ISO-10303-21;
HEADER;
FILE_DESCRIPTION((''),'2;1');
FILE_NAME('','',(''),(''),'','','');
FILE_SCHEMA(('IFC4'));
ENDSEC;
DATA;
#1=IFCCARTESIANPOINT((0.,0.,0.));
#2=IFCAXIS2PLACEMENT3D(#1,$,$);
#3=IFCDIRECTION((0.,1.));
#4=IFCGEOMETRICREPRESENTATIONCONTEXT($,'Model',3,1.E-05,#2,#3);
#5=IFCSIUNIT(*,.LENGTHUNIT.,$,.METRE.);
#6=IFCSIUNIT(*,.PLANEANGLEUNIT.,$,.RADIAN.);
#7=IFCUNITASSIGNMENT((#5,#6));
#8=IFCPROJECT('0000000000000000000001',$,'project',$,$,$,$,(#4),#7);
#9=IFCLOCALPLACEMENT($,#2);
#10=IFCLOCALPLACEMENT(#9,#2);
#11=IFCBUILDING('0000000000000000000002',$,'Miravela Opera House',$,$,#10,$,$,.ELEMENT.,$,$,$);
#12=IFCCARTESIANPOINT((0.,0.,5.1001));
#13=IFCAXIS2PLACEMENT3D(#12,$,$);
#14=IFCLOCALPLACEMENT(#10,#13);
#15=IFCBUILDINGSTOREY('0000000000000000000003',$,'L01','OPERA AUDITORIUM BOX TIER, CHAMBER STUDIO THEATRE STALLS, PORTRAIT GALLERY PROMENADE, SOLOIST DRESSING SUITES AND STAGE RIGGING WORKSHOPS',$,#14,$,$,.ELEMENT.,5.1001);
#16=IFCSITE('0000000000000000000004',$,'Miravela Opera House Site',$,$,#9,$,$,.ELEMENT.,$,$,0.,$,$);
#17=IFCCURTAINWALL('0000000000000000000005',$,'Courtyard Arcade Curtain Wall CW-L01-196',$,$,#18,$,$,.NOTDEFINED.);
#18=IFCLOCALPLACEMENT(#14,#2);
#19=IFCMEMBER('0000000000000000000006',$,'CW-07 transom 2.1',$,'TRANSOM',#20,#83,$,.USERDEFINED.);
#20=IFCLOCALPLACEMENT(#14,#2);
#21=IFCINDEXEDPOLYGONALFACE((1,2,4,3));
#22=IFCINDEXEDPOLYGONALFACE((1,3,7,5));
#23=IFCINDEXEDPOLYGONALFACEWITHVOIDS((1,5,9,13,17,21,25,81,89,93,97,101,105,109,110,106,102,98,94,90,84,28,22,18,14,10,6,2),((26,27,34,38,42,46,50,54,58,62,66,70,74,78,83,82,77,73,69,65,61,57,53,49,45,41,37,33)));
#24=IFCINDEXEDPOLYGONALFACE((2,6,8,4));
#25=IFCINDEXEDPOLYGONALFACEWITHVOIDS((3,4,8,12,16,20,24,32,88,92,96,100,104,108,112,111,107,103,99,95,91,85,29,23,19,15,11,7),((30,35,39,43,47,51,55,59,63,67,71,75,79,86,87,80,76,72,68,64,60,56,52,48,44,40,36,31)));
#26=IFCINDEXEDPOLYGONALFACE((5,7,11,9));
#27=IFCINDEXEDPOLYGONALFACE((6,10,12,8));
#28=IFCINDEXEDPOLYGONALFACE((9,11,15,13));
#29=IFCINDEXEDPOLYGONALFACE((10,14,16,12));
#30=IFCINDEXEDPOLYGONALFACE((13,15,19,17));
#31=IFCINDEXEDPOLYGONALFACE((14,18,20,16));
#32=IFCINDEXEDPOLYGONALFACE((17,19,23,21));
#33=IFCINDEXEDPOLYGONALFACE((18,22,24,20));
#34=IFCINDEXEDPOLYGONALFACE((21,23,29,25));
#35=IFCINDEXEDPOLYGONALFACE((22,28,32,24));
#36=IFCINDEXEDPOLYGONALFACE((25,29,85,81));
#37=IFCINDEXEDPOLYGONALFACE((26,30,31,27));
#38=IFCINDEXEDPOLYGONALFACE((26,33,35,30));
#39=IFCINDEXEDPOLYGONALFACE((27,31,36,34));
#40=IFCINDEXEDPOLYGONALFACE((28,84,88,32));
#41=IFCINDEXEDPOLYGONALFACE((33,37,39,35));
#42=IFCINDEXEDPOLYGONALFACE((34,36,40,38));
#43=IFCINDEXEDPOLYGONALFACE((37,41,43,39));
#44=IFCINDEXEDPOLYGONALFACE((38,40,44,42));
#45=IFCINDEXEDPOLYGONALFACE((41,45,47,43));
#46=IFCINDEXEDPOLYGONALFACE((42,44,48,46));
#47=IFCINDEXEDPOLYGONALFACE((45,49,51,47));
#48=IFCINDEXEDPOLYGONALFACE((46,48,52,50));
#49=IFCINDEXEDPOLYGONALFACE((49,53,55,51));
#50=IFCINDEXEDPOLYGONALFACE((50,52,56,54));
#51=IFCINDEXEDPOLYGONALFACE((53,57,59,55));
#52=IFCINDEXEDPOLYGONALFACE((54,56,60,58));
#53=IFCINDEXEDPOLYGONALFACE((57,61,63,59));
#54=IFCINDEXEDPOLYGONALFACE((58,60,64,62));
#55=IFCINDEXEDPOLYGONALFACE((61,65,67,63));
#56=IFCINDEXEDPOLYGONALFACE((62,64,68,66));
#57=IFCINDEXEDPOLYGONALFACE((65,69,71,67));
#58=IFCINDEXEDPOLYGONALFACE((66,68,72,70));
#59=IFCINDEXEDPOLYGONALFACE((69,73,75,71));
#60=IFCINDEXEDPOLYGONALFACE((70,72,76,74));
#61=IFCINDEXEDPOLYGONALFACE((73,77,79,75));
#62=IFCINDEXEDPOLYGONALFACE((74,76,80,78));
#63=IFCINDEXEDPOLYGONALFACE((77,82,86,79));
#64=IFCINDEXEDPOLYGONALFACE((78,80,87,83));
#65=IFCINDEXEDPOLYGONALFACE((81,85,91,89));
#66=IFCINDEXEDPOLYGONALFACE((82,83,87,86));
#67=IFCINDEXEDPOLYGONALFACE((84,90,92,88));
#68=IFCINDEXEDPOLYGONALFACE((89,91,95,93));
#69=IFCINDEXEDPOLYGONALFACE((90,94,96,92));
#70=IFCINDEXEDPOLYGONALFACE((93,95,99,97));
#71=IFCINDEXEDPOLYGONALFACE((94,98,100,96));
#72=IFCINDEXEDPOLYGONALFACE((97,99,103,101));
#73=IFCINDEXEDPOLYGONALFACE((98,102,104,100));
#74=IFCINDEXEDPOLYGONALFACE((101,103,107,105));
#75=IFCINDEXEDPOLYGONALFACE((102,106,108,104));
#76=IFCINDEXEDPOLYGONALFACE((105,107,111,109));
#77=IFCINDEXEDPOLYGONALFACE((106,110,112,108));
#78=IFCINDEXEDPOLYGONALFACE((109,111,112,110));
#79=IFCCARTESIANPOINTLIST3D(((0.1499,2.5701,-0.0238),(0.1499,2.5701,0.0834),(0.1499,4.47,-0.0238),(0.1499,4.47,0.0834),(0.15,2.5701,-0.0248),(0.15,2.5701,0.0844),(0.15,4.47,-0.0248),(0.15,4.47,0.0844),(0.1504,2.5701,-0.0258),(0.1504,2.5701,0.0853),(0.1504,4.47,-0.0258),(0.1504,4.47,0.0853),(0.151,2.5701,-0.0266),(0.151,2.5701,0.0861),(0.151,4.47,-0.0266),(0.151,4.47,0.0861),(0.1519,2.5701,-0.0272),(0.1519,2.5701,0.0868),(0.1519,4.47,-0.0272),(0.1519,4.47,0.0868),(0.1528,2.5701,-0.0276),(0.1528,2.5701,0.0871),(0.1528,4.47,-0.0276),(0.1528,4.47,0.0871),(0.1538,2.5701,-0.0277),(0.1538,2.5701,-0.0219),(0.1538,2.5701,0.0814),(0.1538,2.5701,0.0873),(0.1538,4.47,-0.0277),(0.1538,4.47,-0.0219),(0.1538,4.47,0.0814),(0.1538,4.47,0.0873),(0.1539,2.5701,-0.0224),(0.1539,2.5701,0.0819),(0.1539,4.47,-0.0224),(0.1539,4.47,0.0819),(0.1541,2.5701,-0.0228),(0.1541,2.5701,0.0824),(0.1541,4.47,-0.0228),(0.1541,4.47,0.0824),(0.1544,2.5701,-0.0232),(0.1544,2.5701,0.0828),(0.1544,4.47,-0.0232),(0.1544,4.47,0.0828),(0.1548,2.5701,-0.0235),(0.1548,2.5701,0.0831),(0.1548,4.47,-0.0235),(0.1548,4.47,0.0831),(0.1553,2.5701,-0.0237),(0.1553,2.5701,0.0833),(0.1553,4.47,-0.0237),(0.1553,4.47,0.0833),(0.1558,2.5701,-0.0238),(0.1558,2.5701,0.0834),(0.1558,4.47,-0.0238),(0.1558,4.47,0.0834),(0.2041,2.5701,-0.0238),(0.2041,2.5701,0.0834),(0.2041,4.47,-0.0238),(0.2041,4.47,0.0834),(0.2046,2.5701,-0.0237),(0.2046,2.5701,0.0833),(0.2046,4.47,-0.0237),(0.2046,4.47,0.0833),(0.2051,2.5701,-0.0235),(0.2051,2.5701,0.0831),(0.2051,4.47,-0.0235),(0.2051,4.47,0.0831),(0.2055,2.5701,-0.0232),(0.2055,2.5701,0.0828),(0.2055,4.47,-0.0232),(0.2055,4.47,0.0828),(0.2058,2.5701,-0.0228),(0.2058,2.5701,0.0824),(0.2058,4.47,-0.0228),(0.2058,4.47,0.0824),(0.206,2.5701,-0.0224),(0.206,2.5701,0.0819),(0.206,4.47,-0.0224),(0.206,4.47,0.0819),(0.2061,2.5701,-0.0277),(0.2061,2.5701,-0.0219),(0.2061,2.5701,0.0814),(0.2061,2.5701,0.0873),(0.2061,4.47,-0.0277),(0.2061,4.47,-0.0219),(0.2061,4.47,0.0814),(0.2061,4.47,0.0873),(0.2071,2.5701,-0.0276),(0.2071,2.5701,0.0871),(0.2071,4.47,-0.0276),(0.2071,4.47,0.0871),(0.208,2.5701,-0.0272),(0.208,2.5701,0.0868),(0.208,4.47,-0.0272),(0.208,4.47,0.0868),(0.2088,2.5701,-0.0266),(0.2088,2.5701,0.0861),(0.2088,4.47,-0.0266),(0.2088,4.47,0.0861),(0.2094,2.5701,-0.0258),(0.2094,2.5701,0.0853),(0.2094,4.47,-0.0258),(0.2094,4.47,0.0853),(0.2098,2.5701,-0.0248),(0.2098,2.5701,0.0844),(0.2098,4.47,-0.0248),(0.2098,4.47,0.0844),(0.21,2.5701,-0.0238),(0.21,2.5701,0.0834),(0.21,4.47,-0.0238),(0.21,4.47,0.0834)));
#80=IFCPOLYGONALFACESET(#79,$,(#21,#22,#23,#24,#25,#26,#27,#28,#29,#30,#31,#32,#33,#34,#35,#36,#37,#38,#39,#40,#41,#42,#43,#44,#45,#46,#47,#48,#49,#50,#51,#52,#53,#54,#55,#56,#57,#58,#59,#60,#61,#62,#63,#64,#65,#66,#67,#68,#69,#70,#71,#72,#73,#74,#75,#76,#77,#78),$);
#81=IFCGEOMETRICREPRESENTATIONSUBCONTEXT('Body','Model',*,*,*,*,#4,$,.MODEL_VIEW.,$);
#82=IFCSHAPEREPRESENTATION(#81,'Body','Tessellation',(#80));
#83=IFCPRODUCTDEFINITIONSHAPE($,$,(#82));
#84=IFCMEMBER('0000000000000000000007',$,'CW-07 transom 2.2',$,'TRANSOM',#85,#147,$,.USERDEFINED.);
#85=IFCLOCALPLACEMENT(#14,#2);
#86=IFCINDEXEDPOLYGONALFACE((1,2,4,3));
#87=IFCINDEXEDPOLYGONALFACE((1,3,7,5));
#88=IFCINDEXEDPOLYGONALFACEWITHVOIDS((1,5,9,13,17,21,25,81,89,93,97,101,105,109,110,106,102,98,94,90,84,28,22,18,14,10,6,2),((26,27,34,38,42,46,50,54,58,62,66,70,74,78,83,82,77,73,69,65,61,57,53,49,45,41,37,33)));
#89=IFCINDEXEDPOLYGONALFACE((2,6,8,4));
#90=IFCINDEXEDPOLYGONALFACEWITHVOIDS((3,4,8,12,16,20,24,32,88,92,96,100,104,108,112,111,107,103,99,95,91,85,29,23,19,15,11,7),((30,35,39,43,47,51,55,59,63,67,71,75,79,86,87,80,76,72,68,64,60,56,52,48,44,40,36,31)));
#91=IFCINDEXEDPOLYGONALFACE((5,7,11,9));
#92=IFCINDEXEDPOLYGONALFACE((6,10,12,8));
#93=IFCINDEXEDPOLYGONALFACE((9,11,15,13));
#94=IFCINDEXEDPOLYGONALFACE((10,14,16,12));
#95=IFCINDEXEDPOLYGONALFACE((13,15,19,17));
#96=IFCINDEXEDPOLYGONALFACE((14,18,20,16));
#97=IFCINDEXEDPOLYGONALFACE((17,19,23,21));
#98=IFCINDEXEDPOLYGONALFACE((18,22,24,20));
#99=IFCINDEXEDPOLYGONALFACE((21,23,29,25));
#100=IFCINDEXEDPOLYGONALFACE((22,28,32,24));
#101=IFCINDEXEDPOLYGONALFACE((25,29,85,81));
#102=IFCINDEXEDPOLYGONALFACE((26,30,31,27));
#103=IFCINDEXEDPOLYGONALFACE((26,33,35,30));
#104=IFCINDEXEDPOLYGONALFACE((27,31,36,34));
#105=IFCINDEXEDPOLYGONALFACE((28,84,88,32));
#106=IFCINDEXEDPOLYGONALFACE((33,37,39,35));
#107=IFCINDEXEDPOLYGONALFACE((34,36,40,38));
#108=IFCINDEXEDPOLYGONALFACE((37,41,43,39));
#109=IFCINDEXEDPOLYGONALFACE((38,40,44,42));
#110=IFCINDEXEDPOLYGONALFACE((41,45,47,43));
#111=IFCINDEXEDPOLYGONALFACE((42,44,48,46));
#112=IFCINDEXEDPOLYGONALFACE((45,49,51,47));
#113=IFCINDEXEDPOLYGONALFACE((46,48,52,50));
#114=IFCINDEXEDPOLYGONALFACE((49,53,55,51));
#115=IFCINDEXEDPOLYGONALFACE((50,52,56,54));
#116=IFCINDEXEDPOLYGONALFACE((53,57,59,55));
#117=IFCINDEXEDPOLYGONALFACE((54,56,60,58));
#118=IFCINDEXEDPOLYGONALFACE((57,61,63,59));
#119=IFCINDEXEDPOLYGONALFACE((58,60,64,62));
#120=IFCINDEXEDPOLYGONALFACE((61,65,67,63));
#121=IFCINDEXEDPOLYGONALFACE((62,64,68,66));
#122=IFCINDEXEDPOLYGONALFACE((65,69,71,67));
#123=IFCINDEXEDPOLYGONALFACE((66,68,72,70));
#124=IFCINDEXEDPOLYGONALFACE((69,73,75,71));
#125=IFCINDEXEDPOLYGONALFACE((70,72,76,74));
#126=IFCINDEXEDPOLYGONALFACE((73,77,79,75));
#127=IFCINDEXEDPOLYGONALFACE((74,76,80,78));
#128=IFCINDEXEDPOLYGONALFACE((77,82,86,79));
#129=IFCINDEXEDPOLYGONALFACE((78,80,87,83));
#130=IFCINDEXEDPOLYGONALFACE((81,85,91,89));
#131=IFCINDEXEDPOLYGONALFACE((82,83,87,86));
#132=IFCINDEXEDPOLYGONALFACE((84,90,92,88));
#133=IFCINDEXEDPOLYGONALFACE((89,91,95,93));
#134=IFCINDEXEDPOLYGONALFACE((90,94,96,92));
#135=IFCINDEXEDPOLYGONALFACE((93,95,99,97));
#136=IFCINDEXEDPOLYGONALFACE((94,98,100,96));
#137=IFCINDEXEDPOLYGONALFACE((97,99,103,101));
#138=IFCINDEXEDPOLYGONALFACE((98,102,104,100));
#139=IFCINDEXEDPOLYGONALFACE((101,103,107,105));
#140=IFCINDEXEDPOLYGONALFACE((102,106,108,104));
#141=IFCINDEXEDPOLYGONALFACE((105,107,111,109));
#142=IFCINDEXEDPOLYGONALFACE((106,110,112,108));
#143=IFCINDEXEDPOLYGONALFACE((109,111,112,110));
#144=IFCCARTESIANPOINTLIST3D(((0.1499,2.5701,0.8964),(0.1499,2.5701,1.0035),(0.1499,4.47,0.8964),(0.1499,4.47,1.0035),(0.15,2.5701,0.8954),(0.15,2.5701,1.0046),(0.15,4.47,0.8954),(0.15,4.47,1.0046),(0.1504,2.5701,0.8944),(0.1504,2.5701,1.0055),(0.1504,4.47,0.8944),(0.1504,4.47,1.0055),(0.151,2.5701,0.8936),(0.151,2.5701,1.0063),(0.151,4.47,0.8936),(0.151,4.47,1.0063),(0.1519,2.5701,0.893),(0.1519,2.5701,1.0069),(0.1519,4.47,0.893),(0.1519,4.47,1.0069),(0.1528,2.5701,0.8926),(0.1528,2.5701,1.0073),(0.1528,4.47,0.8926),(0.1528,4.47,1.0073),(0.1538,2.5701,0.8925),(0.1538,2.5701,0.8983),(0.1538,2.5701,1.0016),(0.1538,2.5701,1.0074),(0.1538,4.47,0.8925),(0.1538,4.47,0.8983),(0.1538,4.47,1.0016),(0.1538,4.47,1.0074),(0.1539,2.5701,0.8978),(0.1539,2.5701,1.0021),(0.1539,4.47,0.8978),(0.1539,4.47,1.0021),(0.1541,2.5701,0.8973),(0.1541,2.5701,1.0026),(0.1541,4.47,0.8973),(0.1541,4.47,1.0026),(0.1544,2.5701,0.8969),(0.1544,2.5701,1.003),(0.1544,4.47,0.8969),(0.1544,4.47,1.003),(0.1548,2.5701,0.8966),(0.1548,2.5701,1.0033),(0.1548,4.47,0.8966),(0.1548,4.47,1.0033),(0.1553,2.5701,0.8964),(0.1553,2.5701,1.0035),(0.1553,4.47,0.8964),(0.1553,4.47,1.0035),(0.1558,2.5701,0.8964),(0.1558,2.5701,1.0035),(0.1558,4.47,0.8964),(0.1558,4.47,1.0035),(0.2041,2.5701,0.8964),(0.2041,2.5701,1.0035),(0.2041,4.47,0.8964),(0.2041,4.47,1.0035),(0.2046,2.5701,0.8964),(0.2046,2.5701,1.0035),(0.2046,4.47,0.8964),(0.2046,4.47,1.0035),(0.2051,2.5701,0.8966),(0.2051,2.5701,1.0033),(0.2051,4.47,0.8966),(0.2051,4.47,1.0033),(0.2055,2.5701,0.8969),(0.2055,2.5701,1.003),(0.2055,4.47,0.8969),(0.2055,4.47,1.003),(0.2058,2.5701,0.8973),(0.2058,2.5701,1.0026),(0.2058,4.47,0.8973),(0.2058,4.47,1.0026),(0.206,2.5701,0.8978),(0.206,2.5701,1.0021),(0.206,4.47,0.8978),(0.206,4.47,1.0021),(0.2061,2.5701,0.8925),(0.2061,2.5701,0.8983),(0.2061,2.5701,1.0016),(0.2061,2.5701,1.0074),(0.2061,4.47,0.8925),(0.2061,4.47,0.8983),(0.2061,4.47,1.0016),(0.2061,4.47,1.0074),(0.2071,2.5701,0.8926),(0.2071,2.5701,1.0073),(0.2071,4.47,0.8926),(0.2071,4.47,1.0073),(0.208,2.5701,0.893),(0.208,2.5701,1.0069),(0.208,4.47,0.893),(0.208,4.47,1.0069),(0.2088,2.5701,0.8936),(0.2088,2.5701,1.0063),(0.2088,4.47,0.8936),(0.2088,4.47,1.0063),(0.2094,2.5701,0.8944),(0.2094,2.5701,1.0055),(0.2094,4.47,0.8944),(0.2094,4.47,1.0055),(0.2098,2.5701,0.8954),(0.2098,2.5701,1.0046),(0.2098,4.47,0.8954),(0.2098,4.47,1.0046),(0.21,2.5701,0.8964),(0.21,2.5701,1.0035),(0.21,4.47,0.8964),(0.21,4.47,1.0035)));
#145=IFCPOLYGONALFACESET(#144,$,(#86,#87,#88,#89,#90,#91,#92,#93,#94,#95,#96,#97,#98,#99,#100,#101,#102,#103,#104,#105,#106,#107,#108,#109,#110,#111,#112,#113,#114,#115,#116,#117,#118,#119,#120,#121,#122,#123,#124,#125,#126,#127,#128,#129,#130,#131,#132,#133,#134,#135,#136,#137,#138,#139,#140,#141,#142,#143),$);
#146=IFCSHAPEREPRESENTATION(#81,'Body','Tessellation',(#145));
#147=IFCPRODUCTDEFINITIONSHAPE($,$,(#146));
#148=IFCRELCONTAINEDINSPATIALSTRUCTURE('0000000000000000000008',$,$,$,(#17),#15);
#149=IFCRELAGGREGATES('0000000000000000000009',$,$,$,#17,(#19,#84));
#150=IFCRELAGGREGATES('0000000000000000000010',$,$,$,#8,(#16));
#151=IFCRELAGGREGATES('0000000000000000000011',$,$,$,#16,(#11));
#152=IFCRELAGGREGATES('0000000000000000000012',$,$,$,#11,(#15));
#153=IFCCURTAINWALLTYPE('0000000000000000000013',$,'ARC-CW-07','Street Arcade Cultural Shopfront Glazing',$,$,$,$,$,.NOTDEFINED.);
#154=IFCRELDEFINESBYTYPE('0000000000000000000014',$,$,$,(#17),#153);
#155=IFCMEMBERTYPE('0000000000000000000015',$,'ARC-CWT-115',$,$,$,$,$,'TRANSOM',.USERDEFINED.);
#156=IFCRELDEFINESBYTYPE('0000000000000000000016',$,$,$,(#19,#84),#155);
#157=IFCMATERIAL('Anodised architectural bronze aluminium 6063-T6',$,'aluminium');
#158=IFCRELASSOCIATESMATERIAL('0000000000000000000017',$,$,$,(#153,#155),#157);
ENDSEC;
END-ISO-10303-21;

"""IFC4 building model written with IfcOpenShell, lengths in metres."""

from ifc_helpers import new_model, si_unit, direction, frame, origin, origin_2d, place, context, subcontext, project, spatial, hollow_rectangle, extrude, material, material_profile, profile_set, type_object, element, aggregate, save


model = new_model("IFC4")

# Units and contexts
model_context = context("Model", 3, precision=1e-05, world=origin(), true_north=direction((0.0, 1.0)))
body_context = subcontext(model_context, "Body", "Model", "MODEL_VIEW")
ifc_project = project(units=[si_unit("LENGTHUNIT", "METRE"), si_unit("PLANEANGLEUNIT", "RADIAN")], contexts=[model_context])

# Site, building, storey
site_placement = place(None, origin())
site = spatial("IfcSite", under=ifc_project, at=site_placement, Name="Miravela Opera House Site", CompositionType="ELEMENT", RefElevation=0.0)
building_placement = place(site_placement, origin())
building = spatial("IfcBuilding", under=site, at=building_placement, Name="Miravela Opera House", CompositionType="ELEMENT")
storey_placement = place(building_placement, frame((0.0, 0.0, 5.1001)))
storey = spatial("IfcBuildingStorey", under=building, at=storey_placement, Name="L01", Description="OPERA AUDITORIUM BOX TIER, CHAMBER STUDIO THEATRE STALLS, PORTRAIT GALLERY PROMENADE, SOLOIST DRESSING SUITES AND STAGE RIGGING WORKSHOPS", CompositionType="ELEMENT", Elevation=5.1001)

# Curtain wall, members
ifc_material_1 = material(Name="Anodised architectural bronze aluminium 6063-T6", Category="aluminium")
curtain_wall_type = type_object("IfcCurtainWallType", Name="ARC-CW-07", Description="Street Arcade Cultural Shopfront Glazing", PredefinedType="NOTDEFINED", material=ifc_material_1)
curtain_wall_placement = place(storey_placement, origin())
curtain_wall = element("IfcCurtainWall", 1, at=curtain_wall_placement, inside=storey, type_object=curtain_wall_type, Name="Courtyard Arcade Curtain Wall CW-L01-196", PredefinedType="NOTDEFINED")
ifc_material_profile_1 = material_profile(ifc_material_1, hollow_rectangle(XDim=0.0601, YDim=0.115, WallThickness=0.0039, InnerFilletRadius=0.002, OuterFilletRadius=0.0039, at=origin_2d()), Name="CWT-60X115")
ifc_profile_set_1 = profile_set([ifc_material_profile_1])
member_type_1 = type_object("IfcMemberType", Name="ARC-CWT-115", ElementType="TRANSOM", PredefinedType="USERDEFINED", material=ifc_profile_set_1)
member_1_placement = place(storey_placement, frame((0.1799, 2.5701, 0.0298), z_axis=(0.0, 1.0, 0.0), x_axis=(-1.0, 0.0, 0.0)))
member_1 = element("IfcMember", 2, at=member_1_placement, type_object=member_type_1, Name="CW-07 transom 2.1", ObjectType="TRANSOM", PredefinedType="USERDEFINED", context=body_context, shape_type="SweptSolid", body=[
    extrude(hollow_rectangle(XDim=0.0601, YDim=0.115, WallThickness=0.0039, InnerFilletRadius=0.002, OuterFilletRadius=0.0039, at=origin_2d()), origin(), (0.0, 0.0, 1.0), 1.8999),
])
member_2_placement = place(storey_placement, frame((0.1799, 2.5701, 0.95), z_axis=(0.0, 1.0, 0.0), x_axis=(-1.0, 0.0, 0.0)))
member_2 = element("IfcMember", 3, at=member_2_placement, type_object=member_type_1, Name="CW-07 transom 2.2", ObjectType="TRANSOM", PredefinedType="USERDEFINED", context=body_context, shape_type="SweptSolid", body=[
    extrude(hollow_rectangle(XDim=0.0601, YDim=0.115, WallThickness=0.0039, InnerFilletRadius=0.002, OuterFilletRadius=0.0039, at=origin_2d()), origin(), (0.0, 0.0, 1.0), 1.8999),
])

aggregate(curtain_wall, [member_1, member_2])

save(model, "model.ifc")
